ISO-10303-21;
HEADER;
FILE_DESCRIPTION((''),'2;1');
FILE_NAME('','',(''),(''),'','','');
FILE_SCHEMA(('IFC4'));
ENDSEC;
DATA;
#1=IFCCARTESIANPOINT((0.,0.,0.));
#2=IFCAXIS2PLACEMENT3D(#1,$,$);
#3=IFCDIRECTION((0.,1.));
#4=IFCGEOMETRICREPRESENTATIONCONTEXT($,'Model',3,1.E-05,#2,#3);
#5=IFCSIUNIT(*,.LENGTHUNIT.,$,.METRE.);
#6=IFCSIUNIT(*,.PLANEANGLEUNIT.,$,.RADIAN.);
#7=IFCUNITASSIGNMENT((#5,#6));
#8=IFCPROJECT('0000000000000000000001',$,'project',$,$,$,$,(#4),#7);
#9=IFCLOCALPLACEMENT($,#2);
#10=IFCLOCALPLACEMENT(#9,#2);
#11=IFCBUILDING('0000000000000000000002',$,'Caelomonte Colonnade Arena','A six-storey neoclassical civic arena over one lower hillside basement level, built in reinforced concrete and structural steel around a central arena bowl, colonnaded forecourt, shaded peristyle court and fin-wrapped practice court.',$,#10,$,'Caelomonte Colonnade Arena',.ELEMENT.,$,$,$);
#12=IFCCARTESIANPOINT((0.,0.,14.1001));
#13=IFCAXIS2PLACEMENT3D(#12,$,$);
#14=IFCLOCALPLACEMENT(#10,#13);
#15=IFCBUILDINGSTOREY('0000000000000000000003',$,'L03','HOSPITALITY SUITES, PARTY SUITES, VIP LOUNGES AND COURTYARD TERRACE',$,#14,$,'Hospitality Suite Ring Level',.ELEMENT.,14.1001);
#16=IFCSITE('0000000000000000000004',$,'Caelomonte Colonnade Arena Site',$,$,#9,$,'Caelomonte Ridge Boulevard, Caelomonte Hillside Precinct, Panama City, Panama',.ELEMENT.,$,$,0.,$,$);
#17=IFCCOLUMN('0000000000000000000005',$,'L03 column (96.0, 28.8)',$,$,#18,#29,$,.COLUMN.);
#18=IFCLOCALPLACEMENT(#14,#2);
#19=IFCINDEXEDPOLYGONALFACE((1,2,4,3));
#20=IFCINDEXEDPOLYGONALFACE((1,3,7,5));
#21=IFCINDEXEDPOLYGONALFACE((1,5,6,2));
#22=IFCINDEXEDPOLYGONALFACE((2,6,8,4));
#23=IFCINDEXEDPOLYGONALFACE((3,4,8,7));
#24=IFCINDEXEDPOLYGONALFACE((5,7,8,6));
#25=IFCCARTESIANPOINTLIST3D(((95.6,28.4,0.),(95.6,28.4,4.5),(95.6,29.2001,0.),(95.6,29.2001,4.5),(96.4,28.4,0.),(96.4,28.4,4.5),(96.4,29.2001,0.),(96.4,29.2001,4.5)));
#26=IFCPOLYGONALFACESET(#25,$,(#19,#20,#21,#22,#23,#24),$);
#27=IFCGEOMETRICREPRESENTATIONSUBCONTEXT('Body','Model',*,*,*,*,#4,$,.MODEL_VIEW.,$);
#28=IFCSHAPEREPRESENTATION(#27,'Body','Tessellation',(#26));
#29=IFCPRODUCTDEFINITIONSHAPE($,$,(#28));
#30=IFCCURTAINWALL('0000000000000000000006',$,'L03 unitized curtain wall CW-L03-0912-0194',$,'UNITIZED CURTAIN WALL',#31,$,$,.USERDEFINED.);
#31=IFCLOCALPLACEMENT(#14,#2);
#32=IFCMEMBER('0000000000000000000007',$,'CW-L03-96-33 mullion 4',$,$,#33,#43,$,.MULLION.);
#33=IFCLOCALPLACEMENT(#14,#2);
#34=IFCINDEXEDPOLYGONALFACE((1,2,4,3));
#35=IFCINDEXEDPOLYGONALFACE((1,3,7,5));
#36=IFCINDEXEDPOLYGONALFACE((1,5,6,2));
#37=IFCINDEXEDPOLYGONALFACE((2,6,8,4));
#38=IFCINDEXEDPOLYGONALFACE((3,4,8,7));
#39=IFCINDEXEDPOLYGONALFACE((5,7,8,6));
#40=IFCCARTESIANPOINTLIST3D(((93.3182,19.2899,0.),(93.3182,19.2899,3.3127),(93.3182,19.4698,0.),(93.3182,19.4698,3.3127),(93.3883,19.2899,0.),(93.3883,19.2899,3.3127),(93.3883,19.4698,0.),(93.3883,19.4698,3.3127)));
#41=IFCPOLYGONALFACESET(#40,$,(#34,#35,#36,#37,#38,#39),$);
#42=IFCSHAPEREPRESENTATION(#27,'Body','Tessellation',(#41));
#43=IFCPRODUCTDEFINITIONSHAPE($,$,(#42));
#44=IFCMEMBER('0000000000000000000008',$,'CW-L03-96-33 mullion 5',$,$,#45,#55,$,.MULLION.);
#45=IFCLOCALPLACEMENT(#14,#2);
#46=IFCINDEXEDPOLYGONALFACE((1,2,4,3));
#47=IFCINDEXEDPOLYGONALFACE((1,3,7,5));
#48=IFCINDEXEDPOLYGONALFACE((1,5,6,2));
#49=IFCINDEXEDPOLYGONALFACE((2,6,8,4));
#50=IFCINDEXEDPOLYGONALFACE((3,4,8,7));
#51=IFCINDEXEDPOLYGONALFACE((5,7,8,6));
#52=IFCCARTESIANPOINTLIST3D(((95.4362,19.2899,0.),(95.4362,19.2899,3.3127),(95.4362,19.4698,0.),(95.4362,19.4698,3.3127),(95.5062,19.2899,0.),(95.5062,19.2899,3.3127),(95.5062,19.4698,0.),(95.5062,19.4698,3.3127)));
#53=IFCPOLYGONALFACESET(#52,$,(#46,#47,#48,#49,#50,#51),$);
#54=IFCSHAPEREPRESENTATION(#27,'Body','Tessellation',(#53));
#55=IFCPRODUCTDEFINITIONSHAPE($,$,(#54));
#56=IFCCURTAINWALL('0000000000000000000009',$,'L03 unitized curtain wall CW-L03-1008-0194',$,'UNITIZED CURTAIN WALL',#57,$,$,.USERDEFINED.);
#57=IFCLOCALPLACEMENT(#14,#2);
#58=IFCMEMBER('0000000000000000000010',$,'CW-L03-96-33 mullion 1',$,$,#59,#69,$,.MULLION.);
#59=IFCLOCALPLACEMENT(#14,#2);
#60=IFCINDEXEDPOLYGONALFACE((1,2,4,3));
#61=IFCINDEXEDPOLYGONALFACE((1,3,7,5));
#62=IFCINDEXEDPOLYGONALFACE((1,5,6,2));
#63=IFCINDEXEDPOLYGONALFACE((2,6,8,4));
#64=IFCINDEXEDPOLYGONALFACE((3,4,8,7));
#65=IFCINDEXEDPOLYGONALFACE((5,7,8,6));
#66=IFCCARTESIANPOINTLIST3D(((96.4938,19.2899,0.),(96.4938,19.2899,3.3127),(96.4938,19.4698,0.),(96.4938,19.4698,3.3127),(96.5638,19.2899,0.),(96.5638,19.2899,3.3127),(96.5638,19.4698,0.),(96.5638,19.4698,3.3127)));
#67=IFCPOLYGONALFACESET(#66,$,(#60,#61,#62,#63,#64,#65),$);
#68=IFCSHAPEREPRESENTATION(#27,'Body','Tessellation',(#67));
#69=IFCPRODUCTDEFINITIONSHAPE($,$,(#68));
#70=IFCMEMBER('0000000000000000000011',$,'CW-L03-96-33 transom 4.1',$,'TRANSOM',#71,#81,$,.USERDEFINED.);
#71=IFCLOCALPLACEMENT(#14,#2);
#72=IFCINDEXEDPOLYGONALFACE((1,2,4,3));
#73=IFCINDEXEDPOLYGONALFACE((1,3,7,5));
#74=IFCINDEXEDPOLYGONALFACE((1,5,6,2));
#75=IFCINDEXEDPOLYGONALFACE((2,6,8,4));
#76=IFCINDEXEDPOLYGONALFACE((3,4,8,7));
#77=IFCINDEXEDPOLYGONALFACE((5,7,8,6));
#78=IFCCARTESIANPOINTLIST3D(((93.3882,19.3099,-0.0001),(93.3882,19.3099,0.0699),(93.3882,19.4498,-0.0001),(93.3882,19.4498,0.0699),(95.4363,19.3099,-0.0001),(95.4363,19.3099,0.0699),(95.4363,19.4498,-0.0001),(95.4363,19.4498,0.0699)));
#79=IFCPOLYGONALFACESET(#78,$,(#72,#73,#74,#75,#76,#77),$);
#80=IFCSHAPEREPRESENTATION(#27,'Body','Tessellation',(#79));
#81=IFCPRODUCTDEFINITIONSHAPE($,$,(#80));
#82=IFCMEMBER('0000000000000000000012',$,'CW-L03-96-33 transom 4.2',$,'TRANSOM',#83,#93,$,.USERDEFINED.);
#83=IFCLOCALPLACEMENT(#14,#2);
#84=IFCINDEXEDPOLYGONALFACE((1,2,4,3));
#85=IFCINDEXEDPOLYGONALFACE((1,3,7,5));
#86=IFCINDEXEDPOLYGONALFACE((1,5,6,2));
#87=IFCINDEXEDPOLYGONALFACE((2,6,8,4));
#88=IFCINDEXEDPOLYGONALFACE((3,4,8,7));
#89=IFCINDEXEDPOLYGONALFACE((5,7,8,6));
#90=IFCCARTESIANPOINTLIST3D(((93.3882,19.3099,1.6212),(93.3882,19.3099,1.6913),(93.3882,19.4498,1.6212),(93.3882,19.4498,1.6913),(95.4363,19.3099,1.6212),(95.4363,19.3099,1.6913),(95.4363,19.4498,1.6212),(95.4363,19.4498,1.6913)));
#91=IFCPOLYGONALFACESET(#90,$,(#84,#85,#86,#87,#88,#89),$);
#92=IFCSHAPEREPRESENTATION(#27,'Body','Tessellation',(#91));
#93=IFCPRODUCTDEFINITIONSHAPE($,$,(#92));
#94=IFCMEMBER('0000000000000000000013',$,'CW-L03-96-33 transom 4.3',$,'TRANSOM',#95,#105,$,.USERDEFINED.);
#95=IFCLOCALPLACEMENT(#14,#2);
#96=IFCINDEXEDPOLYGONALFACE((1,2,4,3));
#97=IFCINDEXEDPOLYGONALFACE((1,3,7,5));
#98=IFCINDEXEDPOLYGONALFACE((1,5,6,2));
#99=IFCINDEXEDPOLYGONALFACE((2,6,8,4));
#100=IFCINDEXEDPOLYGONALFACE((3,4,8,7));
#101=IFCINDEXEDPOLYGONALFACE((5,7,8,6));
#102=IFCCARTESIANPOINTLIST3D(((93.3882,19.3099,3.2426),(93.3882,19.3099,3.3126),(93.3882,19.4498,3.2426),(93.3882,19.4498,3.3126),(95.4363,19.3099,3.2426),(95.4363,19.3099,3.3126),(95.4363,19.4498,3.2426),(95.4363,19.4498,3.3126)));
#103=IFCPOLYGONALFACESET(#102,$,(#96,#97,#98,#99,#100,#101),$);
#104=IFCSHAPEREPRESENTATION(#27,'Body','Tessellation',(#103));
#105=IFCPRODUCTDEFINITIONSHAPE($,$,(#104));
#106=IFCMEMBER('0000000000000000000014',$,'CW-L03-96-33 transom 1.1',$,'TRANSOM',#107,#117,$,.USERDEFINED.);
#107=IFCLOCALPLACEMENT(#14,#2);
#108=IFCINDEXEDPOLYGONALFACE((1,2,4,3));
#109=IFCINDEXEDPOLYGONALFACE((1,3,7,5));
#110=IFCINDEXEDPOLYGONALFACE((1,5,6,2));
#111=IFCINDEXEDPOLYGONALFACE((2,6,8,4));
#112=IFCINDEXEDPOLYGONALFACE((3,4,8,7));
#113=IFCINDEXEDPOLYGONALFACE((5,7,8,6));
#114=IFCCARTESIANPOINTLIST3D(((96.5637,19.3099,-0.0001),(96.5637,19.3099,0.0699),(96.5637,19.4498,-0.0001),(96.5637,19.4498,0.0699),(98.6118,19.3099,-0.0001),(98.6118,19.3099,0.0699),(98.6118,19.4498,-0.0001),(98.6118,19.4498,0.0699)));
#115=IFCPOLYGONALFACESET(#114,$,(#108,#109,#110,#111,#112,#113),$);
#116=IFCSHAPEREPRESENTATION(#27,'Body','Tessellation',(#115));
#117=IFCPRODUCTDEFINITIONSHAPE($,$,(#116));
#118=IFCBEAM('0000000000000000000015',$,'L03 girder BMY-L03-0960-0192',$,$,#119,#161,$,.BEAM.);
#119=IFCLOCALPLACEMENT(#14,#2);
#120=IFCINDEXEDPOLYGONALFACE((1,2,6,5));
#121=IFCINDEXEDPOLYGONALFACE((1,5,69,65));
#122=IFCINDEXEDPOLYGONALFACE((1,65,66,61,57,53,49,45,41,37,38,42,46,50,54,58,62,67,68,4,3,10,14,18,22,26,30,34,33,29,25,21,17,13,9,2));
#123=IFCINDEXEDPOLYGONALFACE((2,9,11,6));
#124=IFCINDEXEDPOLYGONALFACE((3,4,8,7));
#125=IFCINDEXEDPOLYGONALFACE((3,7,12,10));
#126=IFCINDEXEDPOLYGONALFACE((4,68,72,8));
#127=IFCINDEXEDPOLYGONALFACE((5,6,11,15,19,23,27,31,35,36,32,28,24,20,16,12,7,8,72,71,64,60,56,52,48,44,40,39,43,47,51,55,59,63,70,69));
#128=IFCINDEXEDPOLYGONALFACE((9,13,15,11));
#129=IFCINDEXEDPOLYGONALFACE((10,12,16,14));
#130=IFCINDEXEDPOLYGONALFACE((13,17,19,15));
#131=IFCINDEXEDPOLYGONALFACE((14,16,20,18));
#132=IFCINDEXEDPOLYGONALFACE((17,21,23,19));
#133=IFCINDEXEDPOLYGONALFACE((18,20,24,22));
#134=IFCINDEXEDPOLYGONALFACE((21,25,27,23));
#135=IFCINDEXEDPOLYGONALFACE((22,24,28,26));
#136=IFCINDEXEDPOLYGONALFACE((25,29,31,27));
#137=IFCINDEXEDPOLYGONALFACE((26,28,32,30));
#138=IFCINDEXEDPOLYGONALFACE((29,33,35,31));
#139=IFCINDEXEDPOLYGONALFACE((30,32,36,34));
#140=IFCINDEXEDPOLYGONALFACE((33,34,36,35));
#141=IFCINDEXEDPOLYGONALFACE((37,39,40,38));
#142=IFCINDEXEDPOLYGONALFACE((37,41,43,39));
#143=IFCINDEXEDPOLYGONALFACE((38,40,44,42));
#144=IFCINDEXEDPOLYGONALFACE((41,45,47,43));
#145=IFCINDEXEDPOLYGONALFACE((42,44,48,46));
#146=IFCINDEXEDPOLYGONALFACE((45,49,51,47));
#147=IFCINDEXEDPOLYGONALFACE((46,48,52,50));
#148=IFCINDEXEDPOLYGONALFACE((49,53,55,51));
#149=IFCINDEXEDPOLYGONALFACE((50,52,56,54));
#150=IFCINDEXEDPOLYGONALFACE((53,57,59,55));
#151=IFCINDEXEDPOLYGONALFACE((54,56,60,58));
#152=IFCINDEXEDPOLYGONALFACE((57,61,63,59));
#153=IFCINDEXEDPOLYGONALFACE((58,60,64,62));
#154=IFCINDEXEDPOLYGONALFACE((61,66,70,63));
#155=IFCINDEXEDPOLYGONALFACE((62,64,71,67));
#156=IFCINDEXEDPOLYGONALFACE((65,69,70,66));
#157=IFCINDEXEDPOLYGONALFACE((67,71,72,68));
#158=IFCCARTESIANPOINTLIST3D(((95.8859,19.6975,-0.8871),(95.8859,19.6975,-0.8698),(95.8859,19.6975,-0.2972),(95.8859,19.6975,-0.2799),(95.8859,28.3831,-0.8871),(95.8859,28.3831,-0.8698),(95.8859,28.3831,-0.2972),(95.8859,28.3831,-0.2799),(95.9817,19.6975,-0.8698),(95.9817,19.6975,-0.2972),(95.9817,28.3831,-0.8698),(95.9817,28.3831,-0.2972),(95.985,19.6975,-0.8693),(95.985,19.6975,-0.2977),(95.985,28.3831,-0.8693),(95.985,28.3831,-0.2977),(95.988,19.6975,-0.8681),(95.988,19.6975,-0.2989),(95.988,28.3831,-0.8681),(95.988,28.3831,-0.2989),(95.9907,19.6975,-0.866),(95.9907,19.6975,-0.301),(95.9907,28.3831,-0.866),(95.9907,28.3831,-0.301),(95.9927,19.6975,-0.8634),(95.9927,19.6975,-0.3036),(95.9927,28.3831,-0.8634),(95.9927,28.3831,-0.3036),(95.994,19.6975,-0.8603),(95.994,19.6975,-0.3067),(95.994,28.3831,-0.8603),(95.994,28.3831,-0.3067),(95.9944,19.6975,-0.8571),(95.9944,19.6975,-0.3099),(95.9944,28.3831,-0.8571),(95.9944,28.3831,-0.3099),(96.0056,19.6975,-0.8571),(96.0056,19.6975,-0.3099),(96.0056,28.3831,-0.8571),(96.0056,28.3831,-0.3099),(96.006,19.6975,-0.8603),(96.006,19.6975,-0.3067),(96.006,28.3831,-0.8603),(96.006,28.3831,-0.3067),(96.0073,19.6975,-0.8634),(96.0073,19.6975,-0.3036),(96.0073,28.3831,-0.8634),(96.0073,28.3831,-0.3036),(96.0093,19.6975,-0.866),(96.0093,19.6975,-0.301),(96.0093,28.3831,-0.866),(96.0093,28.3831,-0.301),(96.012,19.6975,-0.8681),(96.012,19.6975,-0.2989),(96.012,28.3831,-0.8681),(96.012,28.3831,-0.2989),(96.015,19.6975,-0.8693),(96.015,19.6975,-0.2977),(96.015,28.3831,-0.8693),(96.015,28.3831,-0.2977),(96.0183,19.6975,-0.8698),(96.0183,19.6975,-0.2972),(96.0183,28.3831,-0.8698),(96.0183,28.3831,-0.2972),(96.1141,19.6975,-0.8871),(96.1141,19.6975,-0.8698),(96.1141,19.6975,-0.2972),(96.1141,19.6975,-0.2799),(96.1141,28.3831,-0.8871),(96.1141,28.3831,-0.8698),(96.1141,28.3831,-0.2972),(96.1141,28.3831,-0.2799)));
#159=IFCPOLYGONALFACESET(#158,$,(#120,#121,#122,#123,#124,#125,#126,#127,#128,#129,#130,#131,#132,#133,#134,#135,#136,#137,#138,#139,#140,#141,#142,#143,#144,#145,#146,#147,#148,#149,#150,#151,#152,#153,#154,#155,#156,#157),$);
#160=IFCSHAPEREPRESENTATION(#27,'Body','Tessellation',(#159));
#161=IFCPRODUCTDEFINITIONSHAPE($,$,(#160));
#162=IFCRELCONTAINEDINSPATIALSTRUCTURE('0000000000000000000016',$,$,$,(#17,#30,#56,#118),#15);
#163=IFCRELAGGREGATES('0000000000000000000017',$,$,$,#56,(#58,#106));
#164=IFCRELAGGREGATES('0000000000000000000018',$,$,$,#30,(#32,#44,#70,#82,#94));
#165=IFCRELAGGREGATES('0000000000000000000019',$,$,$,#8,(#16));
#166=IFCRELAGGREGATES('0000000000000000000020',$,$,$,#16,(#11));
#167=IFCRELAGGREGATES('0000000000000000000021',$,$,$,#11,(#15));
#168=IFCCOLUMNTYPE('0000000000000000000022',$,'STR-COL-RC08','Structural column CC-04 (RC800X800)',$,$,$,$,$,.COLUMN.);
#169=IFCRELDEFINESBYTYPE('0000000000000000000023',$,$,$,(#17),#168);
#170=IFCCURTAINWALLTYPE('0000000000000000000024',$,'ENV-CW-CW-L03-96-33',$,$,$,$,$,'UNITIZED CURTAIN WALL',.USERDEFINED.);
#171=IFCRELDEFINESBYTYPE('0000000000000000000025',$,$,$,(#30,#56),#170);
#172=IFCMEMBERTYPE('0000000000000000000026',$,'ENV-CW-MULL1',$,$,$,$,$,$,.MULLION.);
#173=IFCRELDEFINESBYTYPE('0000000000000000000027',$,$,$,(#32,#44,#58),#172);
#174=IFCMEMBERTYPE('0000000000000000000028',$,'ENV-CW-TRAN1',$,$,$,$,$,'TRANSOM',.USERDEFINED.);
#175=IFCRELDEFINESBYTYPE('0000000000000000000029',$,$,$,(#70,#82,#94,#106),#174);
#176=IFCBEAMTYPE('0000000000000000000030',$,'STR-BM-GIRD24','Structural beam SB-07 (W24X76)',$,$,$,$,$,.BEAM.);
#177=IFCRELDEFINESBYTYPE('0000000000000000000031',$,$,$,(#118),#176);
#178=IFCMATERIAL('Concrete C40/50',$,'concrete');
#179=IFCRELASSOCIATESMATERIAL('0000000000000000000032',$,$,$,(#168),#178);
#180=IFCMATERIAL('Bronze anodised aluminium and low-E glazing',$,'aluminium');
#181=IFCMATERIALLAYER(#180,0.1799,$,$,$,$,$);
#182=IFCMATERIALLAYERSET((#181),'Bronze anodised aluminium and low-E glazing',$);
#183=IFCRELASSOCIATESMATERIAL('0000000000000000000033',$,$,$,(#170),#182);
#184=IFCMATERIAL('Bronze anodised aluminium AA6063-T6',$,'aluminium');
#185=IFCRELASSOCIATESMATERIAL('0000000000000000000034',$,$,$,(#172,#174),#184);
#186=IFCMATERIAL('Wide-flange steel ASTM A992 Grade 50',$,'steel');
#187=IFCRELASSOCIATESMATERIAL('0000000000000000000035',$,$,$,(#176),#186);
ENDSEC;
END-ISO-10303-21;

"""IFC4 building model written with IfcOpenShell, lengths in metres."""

from ifc_helpers import new_model, si_unit, direction, frame, origin, origin_2d, place, context, subcontext, project, spatial, rectangle, i_section, extrude, material, layer, layer_set, material_profile, profile_set, type_object, element, aggregate, save


model = new_model("IFC4")

# Units and contexts
model_context = context("Model", 3, precision=1e-05, world=origin(), true_north=direction((0.0, 1.0)))
body_context = subcontext(model_context, "Body", "Model", "MODEL_VIEW")
ifc_project = project(units=[si_unit("LENGTHUNIT", "METRE"), si_unit("PLANEANGLEUNIT", "RADIAN")], contexts=[model_context])

# Site, building, storey
site_placement = place(None, origin())
site = spatial("IfcSite", under=ifc_project, at=site_placement, Name="Caelomonte Colonnade Arena Site", LongName="Caelomonte Ridge Boulevard, Caelomonte Hillside Precinct, Panama City, Panama", CompositionType="ELEMENT", RefElevation=0.0)
building_placement = place(site_placement, origin())
building = spatial("IfcBuilding", under=site, at=building_placement, Name="Caelomonte Colonnade Arena", Description="A six-storey neoclassical civic arena over one lower hillside basement level, built in reinforced concrete and structural steel around a central arena bowl, colonnaded forecourt, shaded peristyle court and fin-wrapped practice court.", LongName="Caelomonte Colonnade Arena", CompositionType="ELEMENT")
storey_placement = place(building_placement, frame((0.0, 0.0, 14.1001)))
storey = spatial("IfcBuildingStorey", under=building, at=storey_placement, Name="L03", Description="HOSPITALITY SUITES, PARTY SUITES, VIP LOUNGES AND COURTYARD TERRACE", LongName="Hospitality Suite Ring Level", CompositionType="ELEMENT", Elevation=14.1001)

# Column
ifc_material_1 = material(Name="Concrete C40/50", Category="concrete")
ifc_material_profile_1 = material_profile(ifc_material_1, rectangle(XDim=0.8, YDim=0.8, at=origin_2d()), Name="RC800X800")
ifc_profile_set_1 = profile_set([ifc_material_profile_1], Name="Concrete C40/50")
column_type = type_object("IfcColumnType", Name="STR-COL-RC08", Description="Structural column CC-04 (RC800X800)", PredefinedType="COLUMN", material=ifc_profile_set_1)
column_placement = place(storey_placement, frame((96.0, 28.8, 0.0), z_axis=(0.0, 0.0, 1.0), x_axis=(1.0, 0.0, 0.0)))
element("IfcColumn", 1, at=column_placement, inside=storey, type_object=column_type, Name="L03 column (96.0, 28.8)", PredefinedType="COLUMN", context=body_context, shape_type="SweptSolid", body=[
    extrude(rectangle(XDim=0.8, YDim=0.8, at=origin_2d()), origin(), (0.0, 0.0, 1.0), 4.5),
])

# Curtain wall, members
ifc_material_2 = material(Name="Bronze anodised aluminium and low-E glazing", Category="aluminium")
ifc_layer_1 = layer(ifc_material_2, 0.1799)
ifc_layer_set_1 = layer_set([ifc_layer_1], Name="Bronze anodised aluminium and low-E glazing")
curtain_wall_type = type_object("IfcCurtainWallType", Name="ENV-CW-CW-L03-96-33", ElementType="UNITIZED CURTAIN WALL", PredefinedType="USERDEFINED", material=ifc_layer_set_1)
curtain_wall_1_placement = place(storey_placement, origin())
curtain_wall_1 = element("IfcCurtainWall", 2, at=curtain_wall_1_placement, inside=storey, type_object=curtain_wall_type, Name="L03 unitized curtain wall CW-L03-0912-0194", ObjectType="UNITIZED CURTAIN WALL", PredefinedType="USERDEFINED")
ifc_material_3 = material(Name="Bronze anodised aluminium AA6063-T6", Category="aluminium")
ifc_material_profile_2 = material_profile(ifc_material_3, rectangle(XDim=0.0701, YDim=0.1799, at=origin_2d()), Name="CWM-70X180")
ifc_profile_set_2 = profile_set([ifc_material_profile_2], Name="Bronze anodised aluminium AA6063-T6")
member_type_1 = type_object("IfcMemberType", Name="ENV-CW-MULL1", PredefinedType="MULLION", material=ifc_profile_set_2)
member_1_placement = place(storey_placement, frame((93.3533, 19.3799, 0.0), z_axis=(0.0, 0.0, 1.0), x_axis=(1.0, 0.0, 0.0)))
member_1 = element("IfcMember", 3, at=member_1_placement, type_object=member_type_1, Name="CW-L03-96-33 mullion 4", PredefinedType="MULLION", context=body_context, shape_type="SweptSolid", body=[
    extrude(rectangle(XDim=0.0701, YDim=0.1799, at=origin_2d()), origin(), (0.0, 0.0, 1.0), 3.3127),
])
member_2_placement = place(storey_placement, frame((95.4712, 19.3799, 0.0), z_axis=(0.0, 0.0, 1.0), x_axis=(1.0, 0.0, 0.0)))
member_2 = element("IfcMember", 4, at=member_2_placement, type_object=member_type_1, Name="CW-L03-96-33 mullion 5", PredefinedType="MULLION", context=body_context, shape_type="SweptSolid", body=[
    extrude(rectangle(XDim=0.0701, YDim=0.1799, at=origin_2d()), origin(), (0.0, 0.0, 1.0), 3.3127),
])

# Curtain wall, member
curtain_wall_2_placement = place(storey_placement, origin())
curtain_wall_2 = element("IfcCurtainWall", 5, at=curtain_wall_2_placement, inside=storey, type_object=curtain_wall_type, Name="L03 unitized curtain wall CW-L03-1008-0194", ObjectType="UNITIZED CURTAIN WALL", PredefinedType="USERDEFINED")
member_3_placement = place(storey_placement, frame((96.5288, 19.3799, 0.0), z_axis=(0.0, 0.0, 1.0), x_axis=(1.0, 0.0, 0.0)))
member_3 = element("IfcMember", 6, at=member_3_placement, type_object=member_type_1, Name="CW-L03-96-33 mullion 1", PredefinedType="MULLION", context=body_context, shape_type="SweptSolid", body=[
    extrude(rectangle(XDim=0.0701, YDim=0.1799, at=origin_2d()), origin(), (0.0, 0.0, 1.0), 3.3127),
])

# Members
ifc_material_profile_3 = material_profile(ifc_material_3, rectangle(XDim=0.0701, YDim=0.1399, at=origin_2d()), Name="CWT-70X140")
ifc_profile_set_3 = profile_set([ifc_material_profile_3], Name="Bronze anodised aluminium AA6063-T6")
member_type_2 = type_object("IfcMemberType", Name="ENV-CW-TRAN1", ElementType="TRANSOM", PredefinedType="USERDEFINED", material=ifc_profile_set_3)
member_4_placement = place(storey_placement, frame((93.3882, 19.3799, 0.0349), z_axis=(1.0, 0.0, 0.0), x_axis=(0.0, 0.0, 1.0)))
member_4 = element("IfcMember", 7, at=member_4_placement, type_object=member_type_2, Name="CW-L03-96-33 transom 4.1", ObjectType="TRANSOM", PredefinedType="USERDEFINED", context=body_context, shape_type="SweptSolid", body=[
    extrude(rectangle(XDim=0.0701, YDim=0.1399, at=origin_2d()), origin(), (0.0, 0.0, 1.0), 2.0481),
])
member_5_placement = place(storey_placement, frame((93.3882, 19.3799, 1.6562), z_axis=(1.0, 0.0, 0.0), x_axis=(0.0, 0.0, 1.0)))
member_5 = element("IfcMember", 8, at=member_5_placement, type_object=member_type_2, Name="CW-L03-96-33 transom 4.2", ObjectType="TRANSOM", PredefinedType="USERDEFINED", context=body_context, shape_type="SweptSolid", body=[
    extrude(rectangle(XDim=0.0701, YDim=0.1399, at=origin_2d()), origin(), (0.0, 0.0, 1.0), 2.0481),
])
member_6_placement = place(storey_placement, frame((93.3882, 19.3799, 3.2776), z_axis=(1.0, 0.0, 0.0), x_axis=(0.0, 0.0, 1.0)))
member_6 = element("IfcMember", 9, at=member_6_placement, type_object=member_type_2, Name="CW-L03-96-33 transom 4.3", ObjectType="TRANSOM", PredefinedType="USERDEFINED", context=body_context, shape_type="SweptSolid", body=[
    extrude(rectangle(XDim=0.0701, YDim=0.1399, at=origin_2d()), origin(), (0.0, 0.0, 1.0), 2.0481),
])
member_7_placement = place(storey_placement, frame((96.5637, 19.3799, 0.0349), z_axis=(1.0, 0.0, 0.0), x_axis=(0.0, 0.0, 1.0)))
member_7 = element("IfcMember", 10, at=member_7_placement, type_object=member_type_2, Name="CW-L03-96-33 transom 1.1", ObjectType="TRANSOM", PredefinedType="USERDEFINED", context=body_context, shape_type="SweptSolid", body=[
    extrude(rectangle(XDim=0.0701, YDim=0.1399, at=origin_2d()), origin(), (0.0, 0.0, 1.0), 2.0481),
])
aggregate(curtain_wall_2, [member_3, member_7])

# Beam
ifc_material_4 = material(Name="Wide-flange steel ASTM A992 Grade 50", Category="steel")
ifc_material_profile_4 = material_profile(ifc_material_4, i_section(OverallWidth=0.2283, OverallDepth=0.6072, WebThickness=0.0112, FlangeThickness=0.0173, FilletRadius=0.0127, at=origin_2d()), Name="W24X76")
ifc_profile_set_4 = profile_set([ifc_material_profile_4], Name="Wide-flange steel ASTM A992 Grade 50")
beam_type_1 = type_object("IfcBeamType", Name="STR-BM-GIRD24", Description="Structural beam SB-07 (W24X76)", PredefinedType="BEAM", material=ifc_profile_set_4)
beam_1_placement = place(storey_placement, frame((96.0, 19.6975, -0.5835), z_axis=(0.0, 1.0, 0.0), x_axis=(-1.0, 0.0, 0.0)))
element("IfcBeam", 11, at=beam_1_placement, inside=storey, type_object=beam_type_1, Name="L03 girder BMY-L03-0960-0192", PredefinedType="BEAM", context=body_context, shape_type="SweptSolid", body=[
    extrude(i_section(OverallWidth=0.2283, OverallDepth=0.6072, WebThickness=0.0112, FlangeThickness=0.0173, FilletRadius=0.0127, at=origin_2d()), origin(), (0.0, 0.0, 1.0), 8.6855),
])

aggregate(curtain_wall_1, [member_1, member_2, member_4, member_5, member_6])

save(model, "model.ifc")
